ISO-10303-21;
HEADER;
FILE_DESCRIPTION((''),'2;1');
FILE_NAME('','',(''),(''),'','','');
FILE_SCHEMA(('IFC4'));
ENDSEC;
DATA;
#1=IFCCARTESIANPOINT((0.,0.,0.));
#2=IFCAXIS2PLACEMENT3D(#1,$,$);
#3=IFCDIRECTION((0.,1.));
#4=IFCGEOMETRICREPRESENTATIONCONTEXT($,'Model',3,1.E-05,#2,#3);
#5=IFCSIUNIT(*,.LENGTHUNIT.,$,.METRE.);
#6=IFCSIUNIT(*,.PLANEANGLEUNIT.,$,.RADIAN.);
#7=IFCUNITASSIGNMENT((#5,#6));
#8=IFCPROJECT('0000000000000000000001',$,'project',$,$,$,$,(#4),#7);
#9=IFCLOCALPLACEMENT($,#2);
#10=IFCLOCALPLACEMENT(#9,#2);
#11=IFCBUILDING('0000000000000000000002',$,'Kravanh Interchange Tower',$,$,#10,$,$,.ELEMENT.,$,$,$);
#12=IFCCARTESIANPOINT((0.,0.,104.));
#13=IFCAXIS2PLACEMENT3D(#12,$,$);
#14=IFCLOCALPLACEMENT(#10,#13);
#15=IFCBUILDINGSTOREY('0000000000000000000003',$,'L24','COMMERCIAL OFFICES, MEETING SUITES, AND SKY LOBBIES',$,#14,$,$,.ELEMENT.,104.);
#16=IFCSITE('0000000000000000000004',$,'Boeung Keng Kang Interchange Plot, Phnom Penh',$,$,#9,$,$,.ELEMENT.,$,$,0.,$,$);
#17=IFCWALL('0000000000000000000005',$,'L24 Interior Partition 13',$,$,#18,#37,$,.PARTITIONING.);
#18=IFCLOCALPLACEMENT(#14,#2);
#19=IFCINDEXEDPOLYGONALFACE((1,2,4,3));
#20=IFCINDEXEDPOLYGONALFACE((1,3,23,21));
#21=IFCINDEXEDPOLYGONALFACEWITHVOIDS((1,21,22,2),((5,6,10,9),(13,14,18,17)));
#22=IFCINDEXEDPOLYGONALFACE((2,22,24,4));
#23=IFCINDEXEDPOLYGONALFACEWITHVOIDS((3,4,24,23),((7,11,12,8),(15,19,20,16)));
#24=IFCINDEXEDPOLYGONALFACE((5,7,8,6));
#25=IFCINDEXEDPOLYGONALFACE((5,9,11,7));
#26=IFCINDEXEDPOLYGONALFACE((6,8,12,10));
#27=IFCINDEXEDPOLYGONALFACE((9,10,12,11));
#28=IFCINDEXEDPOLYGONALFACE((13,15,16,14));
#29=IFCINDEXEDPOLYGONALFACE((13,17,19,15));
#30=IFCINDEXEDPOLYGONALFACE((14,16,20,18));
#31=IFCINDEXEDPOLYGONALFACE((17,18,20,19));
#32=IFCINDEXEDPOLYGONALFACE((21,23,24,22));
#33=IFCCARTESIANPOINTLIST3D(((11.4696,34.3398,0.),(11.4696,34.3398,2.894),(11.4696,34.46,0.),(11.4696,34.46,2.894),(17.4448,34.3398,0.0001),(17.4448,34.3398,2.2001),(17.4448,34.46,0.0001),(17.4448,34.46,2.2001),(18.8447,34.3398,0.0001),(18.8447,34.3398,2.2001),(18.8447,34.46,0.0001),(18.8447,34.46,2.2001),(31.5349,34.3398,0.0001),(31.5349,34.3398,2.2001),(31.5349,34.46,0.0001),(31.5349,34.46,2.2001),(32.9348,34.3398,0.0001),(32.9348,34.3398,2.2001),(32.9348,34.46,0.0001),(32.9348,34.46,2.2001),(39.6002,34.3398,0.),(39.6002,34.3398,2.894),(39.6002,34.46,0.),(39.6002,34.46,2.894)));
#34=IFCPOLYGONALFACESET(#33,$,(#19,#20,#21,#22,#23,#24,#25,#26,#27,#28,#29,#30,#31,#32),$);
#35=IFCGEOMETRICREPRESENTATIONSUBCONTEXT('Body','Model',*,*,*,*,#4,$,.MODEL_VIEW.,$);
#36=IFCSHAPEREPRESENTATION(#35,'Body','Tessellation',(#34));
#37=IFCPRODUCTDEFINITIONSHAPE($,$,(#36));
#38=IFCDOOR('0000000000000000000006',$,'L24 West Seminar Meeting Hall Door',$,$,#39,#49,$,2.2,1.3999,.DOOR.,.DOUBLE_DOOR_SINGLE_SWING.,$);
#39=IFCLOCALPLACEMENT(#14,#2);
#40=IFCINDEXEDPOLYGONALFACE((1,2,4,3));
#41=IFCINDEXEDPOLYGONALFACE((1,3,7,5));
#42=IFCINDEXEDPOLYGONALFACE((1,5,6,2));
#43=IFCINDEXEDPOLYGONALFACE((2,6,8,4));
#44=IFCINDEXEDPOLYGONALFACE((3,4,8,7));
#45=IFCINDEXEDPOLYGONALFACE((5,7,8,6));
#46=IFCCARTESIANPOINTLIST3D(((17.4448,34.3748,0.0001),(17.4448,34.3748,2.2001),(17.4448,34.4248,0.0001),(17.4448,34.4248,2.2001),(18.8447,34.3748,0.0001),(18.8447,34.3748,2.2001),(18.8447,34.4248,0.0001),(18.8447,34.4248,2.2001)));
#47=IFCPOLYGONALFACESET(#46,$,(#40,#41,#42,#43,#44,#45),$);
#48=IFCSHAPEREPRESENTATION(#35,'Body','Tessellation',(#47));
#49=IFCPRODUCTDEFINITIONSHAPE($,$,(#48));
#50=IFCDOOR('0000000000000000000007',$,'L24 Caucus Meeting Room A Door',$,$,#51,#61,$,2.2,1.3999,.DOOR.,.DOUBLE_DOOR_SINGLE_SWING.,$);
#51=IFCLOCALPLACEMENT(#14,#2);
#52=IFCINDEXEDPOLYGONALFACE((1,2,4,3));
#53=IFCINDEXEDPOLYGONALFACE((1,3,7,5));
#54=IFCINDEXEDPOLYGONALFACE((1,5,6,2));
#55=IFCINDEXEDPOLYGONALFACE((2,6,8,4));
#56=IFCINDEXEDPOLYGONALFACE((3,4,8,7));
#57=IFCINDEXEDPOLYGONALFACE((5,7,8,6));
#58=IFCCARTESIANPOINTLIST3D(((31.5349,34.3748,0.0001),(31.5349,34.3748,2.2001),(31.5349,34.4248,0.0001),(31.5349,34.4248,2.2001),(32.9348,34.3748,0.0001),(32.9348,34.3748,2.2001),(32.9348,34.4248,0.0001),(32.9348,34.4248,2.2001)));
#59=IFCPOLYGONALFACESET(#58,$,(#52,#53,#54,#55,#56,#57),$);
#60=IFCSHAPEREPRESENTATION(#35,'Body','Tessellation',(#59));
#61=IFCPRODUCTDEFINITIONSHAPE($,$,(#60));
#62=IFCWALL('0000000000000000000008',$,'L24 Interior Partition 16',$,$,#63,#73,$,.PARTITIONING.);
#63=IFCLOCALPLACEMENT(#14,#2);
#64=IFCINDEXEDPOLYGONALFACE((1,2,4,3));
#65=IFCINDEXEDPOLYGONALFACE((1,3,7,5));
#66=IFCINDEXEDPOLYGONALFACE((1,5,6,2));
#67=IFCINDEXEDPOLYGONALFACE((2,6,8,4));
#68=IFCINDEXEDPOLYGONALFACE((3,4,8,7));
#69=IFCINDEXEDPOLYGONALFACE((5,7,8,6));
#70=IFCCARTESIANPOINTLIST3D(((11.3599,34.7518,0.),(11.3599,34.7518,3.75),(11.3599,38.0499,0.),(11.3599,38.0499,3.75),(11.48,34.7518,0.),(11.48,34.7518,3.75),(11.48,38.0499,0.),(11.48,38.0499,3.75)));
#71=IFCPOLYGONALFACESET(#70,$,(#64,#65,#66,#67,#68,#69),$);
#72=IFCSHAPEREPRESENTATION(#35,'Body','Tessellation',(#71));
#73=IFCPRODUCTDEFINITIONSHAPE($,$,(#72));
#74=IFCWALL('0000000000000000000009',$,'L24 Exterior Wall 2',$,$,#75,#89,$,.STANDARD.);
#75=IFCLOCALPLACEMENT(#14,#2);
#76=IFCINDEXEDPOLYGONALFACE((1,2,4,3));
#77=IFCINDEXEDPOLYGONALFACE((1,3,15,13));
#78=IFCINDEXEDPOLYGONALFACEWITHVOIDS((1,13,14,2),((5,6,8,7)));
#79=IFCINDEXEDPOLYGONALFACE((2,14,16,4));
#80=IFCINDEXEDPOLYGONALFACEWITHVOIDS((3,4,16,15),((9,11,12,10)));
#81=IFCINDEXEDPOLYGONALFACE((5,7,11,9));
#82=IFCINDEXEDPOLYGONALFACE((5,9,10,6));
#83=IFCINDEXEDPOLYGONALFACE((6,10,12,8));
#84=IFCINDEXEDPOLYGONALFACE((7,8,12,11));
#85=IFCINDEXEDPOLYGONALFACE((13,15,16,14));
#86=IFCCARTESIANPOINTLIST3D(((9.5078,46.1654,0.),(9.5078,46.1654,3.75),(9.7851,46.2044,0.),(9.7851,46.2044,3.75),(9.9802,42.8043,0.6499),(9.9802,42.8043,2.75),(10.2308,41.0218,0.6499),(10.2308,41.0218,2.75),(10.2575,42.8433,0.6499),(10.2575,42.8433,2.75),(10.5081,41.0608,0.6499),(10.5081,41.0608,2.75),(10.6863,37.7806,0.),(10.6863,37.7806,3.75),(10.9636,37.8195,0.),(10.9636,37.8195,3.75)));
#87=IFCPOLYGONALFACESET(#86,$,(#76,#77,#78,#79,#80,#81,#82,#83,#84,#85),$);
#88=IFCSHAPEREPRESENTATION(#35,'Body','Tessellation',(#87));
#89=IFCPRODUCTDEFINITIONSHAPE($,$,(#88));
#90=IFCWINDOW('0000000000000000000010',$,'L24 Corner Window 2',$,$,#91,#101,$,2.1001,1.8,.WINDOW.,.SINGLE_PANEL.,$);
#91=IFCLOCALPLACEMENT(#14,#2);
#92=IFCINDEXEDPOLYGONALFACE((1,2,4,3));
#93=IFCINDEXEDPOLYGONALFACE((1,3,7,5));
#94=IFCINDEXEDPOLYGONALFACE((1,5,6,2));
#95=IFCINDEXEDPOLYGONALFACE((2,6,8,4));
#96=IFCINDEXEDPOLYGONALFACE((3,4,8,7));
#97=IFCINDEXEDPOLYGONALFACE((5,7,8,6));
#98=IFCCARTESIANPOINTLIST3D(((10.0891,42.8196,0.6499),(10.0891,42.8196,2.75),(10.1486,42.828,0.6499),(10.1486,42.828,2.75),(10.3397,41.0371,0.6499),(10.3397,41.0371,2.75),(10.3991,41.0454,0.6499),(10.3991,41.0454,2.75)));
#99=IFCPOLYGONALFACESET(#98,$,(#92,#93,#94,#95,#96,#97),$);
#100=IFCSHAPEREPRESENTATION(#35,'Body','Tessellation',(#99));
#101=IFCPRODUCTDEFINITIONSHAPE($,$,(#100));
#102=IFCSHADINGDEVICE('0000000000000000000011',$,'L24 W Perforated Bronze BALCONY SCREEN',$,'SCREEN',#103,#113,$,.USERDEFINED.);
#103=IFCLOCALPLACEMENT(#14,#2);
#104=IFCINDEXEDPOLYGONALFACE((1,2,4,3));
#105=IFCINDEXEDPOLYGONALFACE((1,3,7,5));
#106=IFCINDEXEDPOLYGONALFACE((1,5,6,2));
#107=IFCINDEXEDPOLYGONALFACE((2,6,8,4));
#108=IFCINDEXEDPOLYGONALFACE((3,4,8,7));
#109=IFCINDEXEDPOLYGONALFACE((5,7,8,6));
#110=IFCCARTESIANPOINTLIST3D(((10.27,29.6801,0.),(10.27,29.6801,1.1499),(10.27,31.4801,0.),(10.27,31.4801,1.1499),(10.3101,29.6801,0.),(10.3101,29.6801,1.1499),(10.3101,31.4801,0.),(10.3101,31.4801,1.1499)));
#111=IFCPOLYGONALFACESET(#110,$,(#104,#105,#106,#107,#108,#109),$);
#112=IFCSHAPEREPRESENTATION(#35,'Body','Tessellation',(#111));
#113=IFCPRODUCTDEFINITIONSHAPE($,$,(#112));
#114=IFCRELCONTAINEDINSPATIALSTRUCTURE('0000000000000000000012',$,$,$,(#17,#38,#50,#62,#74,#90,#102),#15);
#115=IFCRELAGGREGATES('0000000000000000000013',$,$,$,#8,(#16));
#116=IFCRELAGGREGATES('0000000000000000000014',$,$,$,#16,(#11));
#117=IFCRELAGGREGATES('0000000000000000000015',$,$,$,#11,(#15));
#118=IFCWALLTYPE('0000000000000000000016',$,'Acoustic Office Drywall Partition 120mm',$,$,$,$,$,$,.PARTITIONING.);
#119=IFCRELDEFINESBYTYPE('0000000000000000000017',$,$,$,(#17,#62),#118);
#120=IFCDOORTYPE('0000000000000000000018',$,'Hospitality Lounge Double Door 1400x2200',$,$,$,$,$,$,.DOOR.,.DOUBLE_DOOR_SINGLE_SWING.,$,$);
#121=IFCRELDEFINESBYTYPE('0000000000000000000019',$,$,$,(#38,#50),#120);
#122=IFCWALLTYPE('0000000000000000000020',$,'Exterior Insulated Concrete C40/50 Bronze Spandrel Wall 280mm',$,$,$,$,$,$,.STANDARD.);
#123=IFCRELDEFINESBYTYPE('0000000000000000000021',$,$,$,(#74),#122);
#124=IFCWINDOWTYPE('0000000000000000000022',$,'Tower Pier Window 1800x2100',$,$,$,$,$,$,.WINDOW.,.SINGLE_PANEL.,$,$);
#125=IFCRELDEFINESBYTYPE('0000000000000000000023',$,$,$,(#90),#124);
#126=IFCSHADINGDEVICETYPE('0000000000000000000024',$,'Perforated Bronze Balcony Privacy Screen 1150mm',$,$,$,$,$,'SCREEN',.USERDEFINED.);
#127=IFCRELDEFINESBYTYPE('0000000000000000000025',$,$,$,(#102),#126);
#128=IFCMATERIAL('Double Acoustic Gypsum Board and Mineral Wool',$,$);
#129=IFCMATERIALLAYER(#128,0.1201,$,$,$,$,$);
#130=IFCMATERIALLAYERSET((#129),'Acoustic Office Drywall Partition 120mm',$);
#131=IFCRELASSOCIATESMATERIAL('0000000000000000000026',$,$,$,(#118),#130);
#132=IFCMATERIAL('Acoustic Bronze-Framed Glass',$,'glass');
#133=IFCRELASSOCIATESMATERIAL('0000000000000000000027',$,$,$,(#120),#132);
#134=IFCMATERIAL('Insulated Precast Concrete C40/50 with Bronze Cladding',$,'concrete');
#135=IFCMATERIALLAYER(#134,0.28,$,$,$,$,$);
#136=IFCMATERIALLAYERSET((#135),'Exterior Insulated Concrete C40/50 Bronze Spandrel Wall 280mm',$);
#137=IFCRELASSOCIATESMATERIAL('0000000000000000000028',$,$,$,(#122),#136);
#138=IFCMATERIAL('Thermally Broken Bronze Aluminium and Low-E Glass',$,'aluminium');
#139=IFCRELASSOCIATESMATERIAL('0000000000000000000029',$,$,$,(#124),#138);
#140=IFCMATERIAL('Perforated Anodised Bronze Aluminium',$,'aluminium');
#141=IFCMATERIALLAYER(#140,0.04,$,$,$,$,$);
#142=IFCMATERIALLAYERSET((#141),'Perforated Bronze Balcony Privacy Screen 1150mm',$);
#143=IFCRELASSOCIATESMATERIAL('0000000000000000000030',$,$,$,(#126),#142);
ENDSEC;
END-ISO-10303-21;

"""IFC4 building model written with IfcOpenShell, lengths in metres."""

from ifc_helpers import new_model, si_unit, direction, frame, frame_2d, origin, origin_2d, place, context, subcontext, project, spatial, rectangle, extrude, material, layer, layer_set, type_object, element, fill, save


model = new_model("IFC4")

# Units and contexts
model_context = context("Model", 3, precision=1e-05, world=origin(), true_north=direction((0.0, 1.0)))
body_context = subcontext(model_context, "Body", "Model", "MODEL_VIEW")
ifc_project = project(units=[si_unit("LENGTHUNIT", "METRE"), si_unit("PLANEANGLEUNIT", "RADIAN")], contexts=[model_context])

# Site, building, storey
site_placement = place(None, origin())
site = spatial("IfcSite", under=ifc_project, at=site_placement, Name="Boeung Keng Kang Interchange Plot, Phnom Penh", CompositionType="ELEMENT", RefElevation=0.0)
building_placement = place(site_placement, origin())
building = spatial("IfcBuilding", under=site, at=building_placement, Name="Kravanh Interchange Tower", CompositionType="ELEMENT")
storey_placement = place(building_placement, frame((0.0, 0.0, 104.0)))
storey = spatial("IfcBuildingStorey", under=building, at=storey_placement, Name="L24", Description="COMMERCIAL OFFICES, MEETING SUITES, AND SKY LOBBIES", CompositionType="ELEMENT", Elevation=104.0)

# Wall, openings, doors
ifc_material_1 = material(Name="Double Acoustic Gypsum Board and Mineral Wool")
ifc_layer_1 = layer(ifc_material_1, 0.1201)
ifc_layer_set_1 = layer_set([ifc_layer_1], Name="Acoustic Office Drywall Partition 120mm")
wall_type_1 = type_object("IfcWallType", Name="Acoustic Office Drywall Partition 120mm", PredefinedType="PARTITIONING", material=ifc_layer_set_1)
wall_1_placement = place(storey_placement, frame((11.4695, 34.3999, 0.0), z_axis=(0.0, 0.0, 1.0), x_axis=(1.0, 0.0, 0.0)))
wall_1 = element("IfcWall", 1, at=wall_1_placement, inside=storey, type_object=wall_type_1, Name="L24 Interior Partition 13", PredefinedType="PARTITIONING", context=body_context, shape_type="SweptSolid", body=[
    extrude(rectangle(XDim=28.1306, YDim=0.1201, at=frame_2d((14.0654, 0.0))), origin(), (0.0, 0.0, 1.0), 2.894),
])
opening_1_placement = place(wall_1_placement, frame((5.9753, 0.0, 0.0)))
opening_1 = element("IfcOpeningElement", 2, at=opening_1_placement, cuts=wall_1, PredefinedType="OPENING", context=body_context, shape_type="SweptSolid", body=[
    extrude(rectangle(XDim=1.3999, YDim=2.2, at=frame_2d((0.7, 1.1001))), frame((0.0, 0.0701, 0.0), z_axis=(0.0, -1.0, 0.0), x_axis=(1.0, 0.0, 0.0)), (0.0, 0.0, 1.0), 0.1401),
])
opening_2_placement = place(wall_1_placement, frame((20.0654, 0.0, 0.0)))
opening_2 = element("IfcOpeningElement", 3, at=opening_2_placement, cuts=wall_1, PredefinedType="OPENING", context=body_context, shape_type="SweptSolid", body=[
    extrude(rectangle(XDim=1.3999, YDim=2.2, at=frame_2d((0.7, 1.1001))), frame((0.0, 0.0701, 0.0), z_axis=(0.0, -1.0, 0.0), x_axis=(1.0, 0.0, 0.0)), (0.0, 0.0, 1.0), 0.1401),
])
ifc_material_2 = material(Name="Acoustic Bronze-Framed Glass", Category="glass")
door_type_1 = type_object("IfcDoorType", Name="Hospitality Lounge Double Door 1400x2200", OperationType="DOUBLE_DOOR_SINGLE_SWING", PredefinedType="DOOR", material=ifc_material_2)
door_1_placement = place(opening_1_placement, origin())
door_1 = element("IfcDoor", 4, at=door_1_placement, inside=storey, type_object=door_type_1, Name="L24 West Seminar Meeting Hall Door", OperationType="DOUBLE_DOOR_SINGLE_SWING", OverallHeight=2.2, OverallWidth=1.3999, PredefinedType="DOOR", context=body_context, shape_type="SweptSolid", body=[
    extrude(rectangle(XDim=1.3999, YDim=2.2, at=frame_2d((0.7, 1.1001))), frame((0.0, 0.0249, 0.0), z_axis=(0.0, -1.0, 0.0), x_axis=(1.0, 0.0, 0.0)), (0.0, 0.0, 1.0), 0.05),
])
fill(opening_1, door_1)
door_2_placement = place(opening_2_placement, origin())
door_2 = element("IfcDoor", 5, at=door_2_placement, inside=storey, type_object=door_type_1, Name="L24 Caucus Meeting Room A Door", OperationType="DOUBLE_DOOR_SINGLE_SWING", OverallHeight=2.2, OverallWidth=1.3999, PredefinedType="DOOR", context=body_context, shape_type="SweptSolid", body=[
    extrude(rectangle(XDim=1.3999, YDim=2.2, at=frame_2d((0.7, 1.1001))), frame((0.0, 0.0249, 0.0), z_axis=(0.0, -1.0, 0.0), x_axis=(1.0, 0.0, 0.0)), (0.0, 0.0, 1.0), 0.05),
])
fill(opening_2, door_2)

# Wall
wall_2_placement = place(storey_placement, frame((11.4199, 34.752, 0.0), z_axis=(0.0, 0.0, 1.0), x_axis=(0.0, 1.0, 0.0)))
element("IfcWall", 6, at=wall_2_placement, inside=storey, type_object=wall_type_1, Name="L24 Interior Partition 16", PredefinedType="PARTITIONING", context=body_context, shape_type="SweptSolid", body=[
    extrude(rectangle(XDim=3.2981, YDim=0.1201, at=frame_2d((1.6489, 0.0))), origin(), (0.0, 0.0, 1.0), 3.75),
])

# Wall, opening, window
ifc_material_3 = material(Name="Insulated Precast Concrete C40/50 with Bronze Cladding", Category="concrete")
ifc_layer_2 = layer(ifc_material_3, 0.28)
ifc_layer_set_2 = layer_set([ifc_layer_2], Name="Exterior Insulated Concrete C40/50 Bronze Spandrel Wall 280mm")
wall_type_2 = type_object("IfcWallType", Name="Exterior Insulated Concrete C40/50 Bronze Spandrel Wall 280mm", PredefinedType="STANDARD", material=ifc_layer_set_2)
wall_3_placement = place(storey_placement, frame((10.825, 37.8, 0.0), z_axis=(0.0, 0.0, 1.0), x_axis=(-0.139181, 0.990267, 0.0)))
wall_3 = element("IfcWall", 7, at=wall_3_placement, inside=storey, type_object=wall_type_2, Name="L24 Exterior Wall 2", PredefinedType="STANDARD", context=body_context, shape_type="SweptSolid", body=[
    extrude(rectangle(XDim=8.4673, YDim=0.28, at=frame_2d((4.2336, 0.0))), origin(), (0.0, 0.0, 1.0), 3.75),
])
opening_3_placement = place(wall_3_placement, frame((3.2732, 0.0, 0.6499)))
opening_3 = element("IfcOpeningElement", 8, at=opening_3_placement, cuts=wall_3, PredefinedType="OPENING", context=body_context, shape_type="SweptSolid", body=[
    extrude(rectangle(XDim=1.8, YDim=2.1001, at=frame_2d((0.8999, 1.05))), frame((0.0, 0.1499, 0.0), z_axis=(0.0, -1.0, 0.0), x_axis=(1.0, 0.0, 0.0)), (0.0, 0.0, 1.0), 0.3),
])
ifc_material_4 = material(Name="Thermally Broken Bronze Aluminium and Low-E Glass", Category="aluminium")
window_type = type_object("IfcWindowType", Name="Tower Pier Window 1800x2100", PartitioningType="SINGLE_PANEL", PredefinedType="WINDOW", material=ifc_material_4)
window_placement = place(opening_3_placement, origin())
window = element("IfcWindow", 9, at=window_placement, inside=storey, type_object=window_type, Name="L24 Corner Window 2", OverallHeight=2.1001, OverallWidth=1.8, PartitioningType="SINGLE_PANEL", PredefinedType="WINDOW", context=body_context, shape_type="SweptSolid", body=[
    extrude(rectangle(XDim=1.8, YDim=2.1001, at=frame_2d((0.8999, 1.05))), frame((0.0, 0.03, 0.0), z_axis=(0.0, -1.0, 0.0), x_axis=(1.0, 0.0, 0.0)), (0.0, 0.0, 1.0), 0.0601),
])
fill(opening_3, window)

# Shading device
ifc_material_5 = material(Name="Perforated Anodised Bronze Aluminium", Category="aluminium")
ifc_layer_3 = layer(ifc_material_5, 0.04)
ifc_layer_set_3 = layer_set([ifc_layer_3], Name="Perforated Bronze Balcony Privacy Screen 1150mm")
shading_device_type = type_object("IfcShadingDeviceType", Name="Perforated Bronze Balcony Privacy Screen 1150mm", ElementType="SCREEN", PredefinedType="USERDEFINED", material=ifc_layer_set_3)
shading_device_placement = place(storey_placement, frame((10.29, 30.5801, 0.0), z_axis=(0.0, 0.0, 1.0), x_axis=(1.0, 0.0, 0.0)))
element("IfcShadingDevice", 10, at=shading_device_placement, inside=storey, type_object=shading_device_type, Name="L24 W Perforated Bronze BALCONY SCREEN", ObjectType="SCREEN", PredefinedType="USERDEFINED", context=body_context, shape_type="SweptSolid", body=[
    extrude(rectangle(XDim=0.04, YDim=1.8, at=origin_2d()), origin(), (0.0, 0.0, 1.0), 1.1499),
])

save(model, "model.ifc")
